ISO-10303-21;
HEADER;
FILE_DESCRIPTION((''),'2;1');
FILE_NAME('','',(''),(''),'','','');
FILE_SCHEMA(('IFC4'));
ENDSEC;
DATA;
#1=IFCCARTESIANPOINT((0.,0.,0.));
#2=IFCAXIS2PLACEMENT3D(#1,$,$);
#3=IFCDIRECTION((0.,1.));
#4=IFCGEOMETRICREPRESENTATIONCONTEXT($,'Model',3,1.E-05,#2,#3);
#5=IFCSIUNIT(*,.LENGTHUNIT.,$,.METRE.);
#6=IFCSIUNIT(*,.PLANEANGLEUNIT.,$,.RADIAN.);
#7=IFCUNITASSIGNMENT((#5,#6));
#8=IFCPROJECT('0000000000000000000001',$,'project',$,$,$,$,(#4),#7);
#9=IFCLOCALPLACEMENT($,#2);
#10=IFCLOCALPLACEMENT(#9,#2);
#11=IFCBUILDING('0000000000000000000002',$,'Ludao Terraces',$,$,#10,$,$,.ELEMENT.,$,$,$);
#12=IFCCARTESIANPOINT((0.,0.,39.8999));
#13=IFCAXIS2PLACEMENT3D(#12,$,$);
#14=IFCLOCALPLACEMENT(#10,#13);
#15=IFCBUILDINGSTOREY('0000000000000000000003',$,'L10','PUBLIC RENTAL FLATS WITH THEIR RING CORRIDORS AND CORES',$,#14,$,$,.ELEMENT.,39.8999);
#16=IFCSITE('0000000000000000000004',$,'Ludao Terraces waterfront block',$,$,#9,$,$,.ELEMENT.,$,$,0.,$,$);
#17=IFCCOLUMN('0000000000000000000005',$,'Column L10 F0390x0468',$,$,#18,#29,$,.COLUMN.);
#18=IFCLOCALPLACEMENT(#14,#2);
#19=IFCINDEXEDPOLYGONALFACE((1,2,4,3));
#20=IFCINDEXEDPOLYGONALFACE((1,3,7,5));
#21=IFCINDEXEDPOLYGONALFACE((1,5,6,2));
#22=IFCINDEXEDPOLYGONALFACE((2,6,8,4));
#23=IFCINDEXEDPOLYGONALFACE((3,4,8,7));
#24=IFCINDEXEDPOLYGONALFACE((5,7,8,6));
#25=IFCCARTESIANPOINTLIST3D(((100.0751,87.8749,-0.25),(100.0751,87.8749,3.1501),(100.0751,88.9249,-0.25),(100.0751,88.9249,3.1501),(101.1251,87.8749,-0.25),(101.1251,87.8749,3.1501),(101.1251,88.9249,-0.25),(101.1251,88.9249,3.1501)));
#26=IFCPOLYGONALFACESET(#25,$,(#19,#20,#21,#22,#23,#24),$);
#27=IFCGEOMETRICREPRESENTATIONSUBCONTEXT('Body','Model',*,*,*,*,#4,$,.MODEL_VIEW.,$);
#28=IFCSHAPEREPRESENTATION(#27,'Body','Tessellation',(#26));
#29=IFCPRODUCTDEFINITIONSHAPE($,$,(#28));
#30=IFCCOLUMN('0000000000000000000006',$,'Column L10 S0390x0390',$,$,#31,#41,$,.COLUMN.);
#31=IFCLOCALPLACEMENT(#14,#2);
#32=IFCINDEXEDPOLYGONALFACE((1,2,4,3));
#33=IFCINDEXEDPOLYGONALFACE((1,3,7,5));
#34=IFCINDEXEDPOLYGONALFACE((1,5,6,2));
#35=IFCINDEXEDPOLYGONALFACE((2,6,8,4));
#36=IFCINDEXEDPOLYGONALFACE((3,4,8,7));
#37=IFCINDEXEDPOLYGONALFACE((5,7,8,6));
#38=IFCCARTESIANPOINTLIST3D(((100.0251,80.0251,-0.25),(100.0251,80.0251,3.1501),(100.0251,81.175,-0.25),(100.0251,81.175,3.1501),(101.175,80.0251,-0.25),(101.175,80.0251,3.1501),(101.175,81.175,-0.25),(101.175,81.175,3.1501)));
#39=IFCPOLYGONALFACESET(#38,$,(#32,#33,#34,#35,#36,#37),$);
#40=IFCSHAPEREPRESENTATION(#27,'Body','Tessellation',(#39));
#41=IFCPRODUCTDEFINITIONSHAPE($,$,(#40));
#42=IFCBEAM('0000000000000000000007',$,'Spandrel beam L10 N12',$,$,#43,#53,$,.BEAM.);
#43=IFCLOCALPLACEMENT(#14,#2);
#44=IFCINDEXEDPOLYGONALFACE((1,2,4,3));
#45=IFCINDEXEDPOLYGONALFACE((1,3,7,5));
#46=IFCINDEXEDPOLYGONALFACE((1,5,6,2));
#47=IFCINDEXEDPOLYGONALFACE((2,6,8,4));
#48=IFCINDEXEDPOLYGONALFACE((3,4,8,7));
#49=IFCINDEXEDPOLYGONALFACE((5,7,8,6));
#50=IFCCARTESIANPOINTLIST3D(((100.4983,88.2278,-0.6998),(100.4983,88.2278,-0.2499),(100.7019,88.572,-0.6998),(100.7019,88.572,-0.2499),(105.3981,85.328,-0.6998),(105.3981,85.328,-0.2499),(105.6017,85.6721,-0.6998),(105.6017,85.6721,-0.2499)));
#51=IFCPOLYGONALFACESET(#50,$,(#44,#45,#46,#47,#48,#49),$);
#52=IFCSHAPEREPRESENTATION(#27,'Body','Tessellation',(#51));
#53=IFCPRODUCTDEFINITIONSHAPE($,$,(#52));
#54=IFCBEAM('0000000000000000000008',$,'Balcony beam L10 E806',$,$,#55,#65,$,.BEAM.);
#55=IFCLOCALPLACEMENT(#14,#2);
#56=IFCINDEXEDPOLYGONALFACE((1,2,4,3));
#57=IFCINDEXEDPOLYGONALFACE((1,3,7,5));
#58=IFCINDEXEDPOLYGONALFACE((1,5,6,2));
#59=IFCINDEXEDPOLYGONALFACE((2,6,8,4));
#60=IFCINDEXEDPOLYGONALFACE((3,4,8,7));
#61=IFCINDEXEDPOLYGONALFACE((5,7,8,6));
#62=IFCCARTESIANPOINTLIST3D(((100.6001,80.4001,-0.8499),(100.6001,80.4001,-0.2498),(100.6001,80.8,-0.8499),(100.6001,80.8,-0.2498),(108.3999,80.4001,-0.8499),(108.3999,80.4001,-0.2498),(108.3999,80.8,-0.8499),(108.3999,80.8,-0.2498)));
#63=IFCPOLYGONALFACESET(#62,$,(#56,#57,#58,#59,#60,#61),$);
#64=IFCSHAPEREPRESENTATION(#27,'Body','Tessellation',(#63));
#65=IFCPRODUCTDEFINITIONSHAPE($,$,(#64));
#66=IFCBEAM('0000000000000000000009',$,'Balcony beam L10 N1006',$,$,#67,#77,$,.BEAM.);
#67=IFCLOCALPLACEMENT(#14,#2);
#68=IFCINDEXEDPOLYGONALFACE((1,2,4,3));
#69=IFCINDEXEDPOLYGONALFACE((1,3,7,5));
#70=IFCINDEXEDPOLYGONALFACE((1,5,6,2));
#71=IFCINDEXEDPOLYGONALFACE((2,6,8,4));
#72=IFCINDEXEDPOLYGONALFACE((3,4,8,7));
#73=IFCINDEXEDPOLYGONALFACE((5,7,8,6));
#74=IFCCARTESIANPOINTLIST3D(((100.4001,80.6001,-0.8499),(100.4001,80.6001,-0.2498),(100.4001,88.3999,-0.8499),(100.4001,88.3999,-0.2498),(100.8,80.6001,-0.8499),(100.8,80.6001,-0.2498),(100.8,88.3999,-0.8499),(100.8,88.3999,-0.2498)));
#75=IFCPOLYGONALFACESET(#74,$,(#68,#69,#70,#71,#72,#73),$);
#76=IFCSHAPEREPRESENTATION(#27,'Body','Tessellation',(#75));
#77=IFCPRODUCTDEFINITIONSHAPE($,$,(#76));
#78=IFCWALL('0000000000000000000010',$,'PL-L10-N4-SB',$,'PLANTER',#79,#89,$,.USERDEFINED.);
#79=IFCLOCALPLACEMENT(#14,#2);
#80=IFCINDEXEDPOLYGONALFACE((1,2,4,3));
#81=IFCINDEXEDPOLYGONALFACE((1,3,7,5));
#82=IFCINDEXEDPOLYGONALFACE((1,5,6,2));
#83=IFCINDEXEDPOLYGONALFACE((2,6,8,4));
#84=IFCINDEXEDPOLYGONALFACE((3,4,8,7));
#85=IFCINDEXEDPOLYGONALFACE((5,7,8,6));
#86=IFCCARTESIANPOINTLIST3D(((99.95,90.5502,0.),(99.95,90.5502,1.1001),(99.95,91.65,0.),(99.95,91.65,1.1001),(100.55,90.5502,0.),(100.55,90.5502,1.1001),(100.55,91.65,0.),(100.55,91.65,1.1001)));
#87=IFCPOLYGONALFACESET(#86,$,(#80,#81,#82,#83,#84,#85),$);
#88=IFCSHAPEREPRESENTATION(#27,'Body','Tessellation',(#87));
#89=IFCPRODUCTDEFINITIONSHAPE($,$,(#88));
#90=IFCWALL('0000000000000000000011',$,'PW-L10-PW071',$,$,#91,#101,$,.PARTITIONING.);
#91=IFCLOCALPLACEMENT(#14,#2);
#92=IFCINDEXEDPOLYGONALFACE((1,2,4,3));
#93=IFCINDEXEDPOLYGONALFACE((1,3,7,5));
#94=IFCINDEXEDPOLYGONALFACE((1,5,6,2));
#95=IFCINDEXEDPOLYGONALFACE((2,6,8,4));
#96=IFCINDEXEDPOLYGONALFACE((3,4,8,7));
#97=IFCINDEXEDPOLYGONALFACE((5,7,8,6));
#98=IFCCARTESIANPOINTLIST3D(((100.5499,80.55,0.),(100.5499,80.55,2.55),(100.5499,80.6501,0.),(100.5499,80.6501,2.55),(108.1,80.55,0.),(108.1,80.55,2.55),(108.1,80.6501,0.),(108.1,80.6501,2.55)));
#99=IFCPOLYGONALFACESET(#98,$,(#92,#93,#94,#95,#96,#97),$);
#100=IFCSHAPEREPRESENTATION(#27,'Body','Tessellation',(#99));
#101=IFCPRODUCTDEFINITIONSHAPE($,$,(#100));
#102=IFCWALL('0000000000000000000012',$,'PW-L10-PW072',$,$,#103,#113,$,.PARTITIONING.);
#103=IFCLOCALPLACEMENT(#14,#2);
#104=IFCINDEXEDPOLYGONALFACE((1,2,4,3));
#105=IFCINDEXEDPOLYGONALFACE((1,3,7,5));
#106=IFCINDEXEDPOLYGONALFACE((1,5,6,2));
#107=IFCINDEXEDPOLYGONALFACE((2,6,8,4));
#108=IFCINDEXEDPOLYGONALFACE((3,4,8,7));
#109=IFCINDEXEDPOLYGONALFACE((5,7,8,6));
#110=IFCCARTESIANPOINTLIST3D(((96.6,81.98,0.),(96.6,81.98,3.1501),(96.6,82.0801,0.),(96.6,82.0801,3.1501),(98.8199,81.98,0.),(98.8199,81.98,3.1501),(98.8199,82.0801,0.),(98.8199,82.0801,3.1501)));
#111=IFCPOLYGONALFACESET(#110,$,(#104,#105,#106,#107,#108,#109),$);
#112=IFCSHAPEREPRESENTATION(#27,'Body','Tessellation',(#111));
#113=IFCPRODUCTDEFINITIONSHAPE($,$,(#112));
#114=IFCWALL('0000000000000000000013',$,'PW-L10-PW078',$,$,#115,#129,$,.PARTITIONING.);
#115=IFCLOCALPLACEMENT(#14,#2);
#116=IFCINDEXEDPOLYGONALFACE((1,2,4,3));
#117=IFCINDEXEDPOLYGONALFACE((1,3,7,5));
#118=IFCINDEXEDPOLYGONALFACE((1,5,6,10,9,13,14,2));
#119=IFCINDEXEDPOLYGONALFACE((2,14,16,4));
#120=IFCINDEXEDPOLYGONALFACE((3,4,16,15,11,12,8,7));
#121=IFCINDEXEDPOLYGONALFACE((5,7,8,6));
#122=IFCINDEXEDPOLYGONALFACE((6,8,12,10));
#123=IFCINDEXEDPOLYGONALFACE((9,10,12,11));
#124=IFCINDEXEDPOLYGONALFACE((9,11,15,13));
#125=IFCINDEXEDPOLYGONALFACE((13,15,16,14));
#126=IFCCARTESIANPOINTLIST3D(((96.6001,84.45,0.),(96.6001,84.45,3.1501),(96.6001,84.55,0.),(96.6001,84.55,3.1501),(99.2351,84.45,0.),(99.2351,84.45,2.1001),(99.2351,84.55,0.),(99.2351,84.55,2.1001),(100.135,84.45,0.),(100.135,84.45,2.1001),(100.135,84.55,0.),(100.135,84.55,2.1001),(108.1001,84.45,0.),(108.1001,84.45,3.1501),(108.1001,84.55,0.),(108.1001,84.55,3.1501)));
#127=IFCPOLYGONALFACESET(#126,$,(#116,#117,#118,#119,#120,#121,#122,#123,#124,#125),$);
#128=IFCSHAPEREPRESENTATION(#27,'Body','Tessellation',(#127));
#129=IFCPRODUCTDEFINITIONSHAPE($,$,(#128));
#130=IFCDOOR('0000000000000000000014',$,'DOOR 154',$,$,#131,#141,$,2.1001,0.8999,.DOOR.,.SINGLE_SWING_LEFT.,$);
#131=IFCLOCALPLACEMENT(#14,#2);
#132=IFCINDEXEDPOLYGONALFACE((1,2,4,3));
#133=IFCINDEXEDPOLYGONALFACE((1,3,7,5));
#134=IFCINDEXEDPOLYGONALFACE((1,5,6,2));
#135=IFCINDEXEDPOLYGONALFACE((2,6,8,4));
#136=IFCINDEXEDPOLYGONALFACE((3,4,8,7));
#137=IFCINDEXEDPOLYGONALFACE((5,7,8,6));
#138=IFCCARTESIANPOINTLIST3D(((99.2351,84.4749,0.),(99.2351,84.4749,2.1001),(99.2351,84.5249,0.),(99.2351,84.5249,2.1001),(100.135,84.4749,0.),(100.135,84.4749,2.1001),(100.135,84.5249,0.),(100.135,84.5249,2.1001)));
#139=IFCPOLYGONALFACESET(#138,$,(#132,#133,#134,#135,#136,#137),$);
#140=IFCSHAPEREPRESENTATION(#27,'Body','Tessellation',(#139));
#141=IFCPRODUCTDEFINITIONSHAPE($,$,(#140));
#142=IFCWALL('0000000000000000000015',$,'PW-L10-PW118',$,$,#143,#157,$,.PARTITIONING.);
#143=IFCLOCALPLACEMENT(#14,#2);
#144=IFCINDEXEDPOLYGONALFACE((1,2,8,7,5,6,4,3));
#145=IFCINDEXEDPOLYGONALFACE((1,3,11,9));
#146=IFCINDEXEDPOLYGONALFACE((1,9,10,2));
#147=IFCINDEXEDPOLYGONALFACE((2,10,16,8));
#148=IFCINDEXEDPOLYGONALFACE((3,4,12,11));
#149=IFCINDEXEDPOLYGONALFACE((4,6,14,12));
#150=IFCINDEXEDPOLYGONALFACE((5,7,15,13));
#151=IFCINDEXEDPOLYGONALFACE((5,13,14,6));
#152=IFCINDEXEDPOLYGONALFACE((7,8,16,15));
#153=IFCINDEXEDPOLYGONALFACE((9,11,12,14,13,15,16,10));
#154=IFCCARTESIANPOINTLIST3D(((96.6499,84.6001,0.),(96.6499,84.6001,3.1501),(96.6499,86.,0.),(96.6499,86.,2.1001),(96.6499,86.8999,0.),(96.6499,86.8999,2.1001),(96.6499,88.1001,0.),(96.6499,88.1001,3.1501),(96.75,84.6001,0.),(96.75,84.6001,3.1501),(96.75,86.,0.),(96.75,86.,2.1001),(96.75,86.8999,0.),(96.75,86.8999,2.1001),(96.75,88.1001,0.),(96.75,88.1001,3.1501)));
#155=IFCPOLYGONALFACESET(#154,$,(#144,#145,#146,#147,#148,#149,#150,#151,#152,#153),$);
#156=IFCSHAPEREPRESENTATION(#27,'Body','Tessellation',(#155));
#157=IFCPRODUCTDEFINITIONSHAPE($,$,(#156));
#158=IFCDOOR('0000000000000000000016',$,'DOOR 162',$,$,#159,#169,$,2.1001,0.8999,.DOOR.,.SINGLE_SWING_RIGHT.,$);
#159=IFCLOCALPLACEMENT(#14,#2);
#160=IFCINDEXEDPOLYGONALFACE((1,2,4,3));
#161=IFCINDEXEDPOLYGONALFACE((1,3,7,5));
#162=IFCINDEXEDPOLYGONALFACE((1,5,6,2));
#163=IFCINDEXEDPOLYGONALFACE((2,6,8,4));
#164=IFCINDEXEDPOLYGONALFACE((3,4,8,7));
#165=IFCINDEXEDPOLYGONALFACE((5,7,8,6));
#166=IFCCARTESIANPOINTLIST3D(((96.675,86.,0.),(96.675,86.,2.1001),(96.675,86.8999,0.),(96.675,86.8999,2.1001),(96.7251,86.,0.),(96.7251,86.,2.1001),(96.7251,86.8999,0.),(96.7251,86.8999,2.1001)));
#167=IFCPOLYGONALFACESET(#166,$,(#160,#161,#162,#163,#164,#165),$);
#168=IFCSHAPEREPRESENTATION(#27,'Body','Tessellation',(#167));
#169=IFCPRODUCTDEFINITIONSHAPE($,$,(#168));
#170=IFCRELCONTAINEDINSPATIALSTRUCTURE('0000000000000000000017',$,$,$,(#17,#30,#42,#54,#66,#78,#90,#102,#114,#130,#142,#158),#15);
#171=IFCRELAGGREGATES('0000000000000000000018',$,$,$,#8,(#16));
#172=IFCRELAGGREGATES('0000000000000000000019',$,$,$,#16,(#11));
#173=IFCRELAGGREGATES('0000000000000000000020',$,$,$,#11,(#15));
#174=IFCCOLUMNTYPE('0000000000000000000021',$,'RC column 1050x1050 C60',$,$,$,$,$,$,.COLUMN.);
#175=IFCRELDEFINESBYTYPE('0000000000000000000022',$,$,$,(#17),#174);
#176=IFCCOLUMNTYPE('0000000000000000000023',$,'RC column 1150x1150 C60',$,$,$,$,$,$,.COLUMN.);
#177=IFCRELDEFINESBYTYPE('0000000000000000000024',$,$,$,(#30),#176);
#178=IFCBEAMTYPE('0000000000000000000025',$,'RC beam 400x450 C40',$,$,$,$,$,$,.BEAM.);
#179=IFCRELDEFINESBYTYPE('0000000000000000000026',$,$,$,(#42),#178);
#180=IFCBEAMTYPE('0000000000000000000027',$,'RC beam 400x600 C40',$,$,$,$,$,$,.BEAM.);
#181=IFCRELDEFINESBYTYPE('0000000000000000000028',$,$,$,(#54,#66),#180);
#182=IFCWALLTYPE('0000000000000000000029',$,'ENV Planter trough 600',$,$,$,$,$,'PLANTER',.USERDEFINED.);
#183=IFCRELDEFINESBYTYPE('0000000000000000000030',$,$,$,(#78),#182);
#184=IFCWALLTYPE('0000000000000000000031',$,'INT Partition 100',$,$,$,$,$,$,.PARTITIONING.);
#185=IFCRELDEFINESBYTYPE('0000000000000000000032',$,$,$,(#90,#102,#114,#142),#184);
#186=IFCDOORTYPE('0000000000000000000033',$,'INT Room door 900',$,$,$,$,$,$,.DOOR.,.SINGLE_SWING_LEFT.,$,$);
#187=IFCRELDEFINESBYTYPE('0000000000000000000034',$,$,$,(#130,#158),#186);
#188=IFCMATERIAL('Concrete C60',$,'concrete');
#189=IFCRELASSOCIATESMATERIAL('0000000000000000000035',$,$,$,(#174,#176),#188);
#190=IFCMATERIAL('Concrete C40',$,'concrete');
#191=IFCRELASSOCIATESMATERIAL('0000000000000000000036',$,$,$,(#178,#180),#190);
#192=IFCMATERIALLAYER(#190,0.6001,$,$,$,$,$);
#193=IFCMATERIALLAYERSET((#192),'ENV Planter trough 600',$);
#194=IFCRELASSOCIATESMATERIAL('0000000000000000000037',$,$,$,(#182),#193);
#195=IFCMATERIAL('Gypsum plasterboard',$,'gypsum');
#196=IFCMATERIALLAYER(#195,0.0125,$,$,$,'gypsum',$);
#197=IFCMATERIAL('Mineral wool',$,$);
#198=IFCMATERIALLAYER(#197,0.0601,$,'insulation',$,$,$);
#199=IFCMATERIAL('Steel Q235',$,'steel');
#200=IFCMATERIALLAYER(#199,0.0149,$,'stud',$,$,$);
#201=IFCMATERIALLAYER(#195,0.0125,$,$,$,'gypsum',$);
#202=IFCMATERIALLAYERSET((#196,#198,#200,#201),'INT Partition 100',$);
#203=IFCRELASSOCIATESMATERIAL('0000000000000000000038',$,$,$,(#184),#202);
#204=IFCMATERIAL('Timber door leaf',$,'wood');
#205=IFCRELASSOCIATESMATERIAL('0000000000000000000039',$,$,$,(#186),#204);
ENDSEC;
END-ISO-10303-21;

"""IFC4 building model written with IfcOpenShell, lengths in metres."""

from ifc_helpers import new_model, si_unit, direction, frame, frame_2d, origin, origin_2d, place, context, subcontext, project, spatial, rectangle, extrude, material, layer, layer_set, material_profile, profile_set, type_object, element, fill, save


model = new_model("IFC4")

# Units and contexts
model_context = context("Model", 3, precision=1e-05, world=origin(), true_north=direction((0.0, 1.0)))
body_context = subcontext(model_context, "Body", "Model", "MODEL_VIEW")
ifc_project = project(units=[si_unit("LENGTHUNIT", "METRE"), si_unit("PLANEANGLEUNIT", "RADIAN")], contexts=[model_context])

# Site, building, storey
site_placement = place(None, origin())
site = spatial("IfcSite", under=ifc_project, at=site_placement, Name="Ludao Terraces waterfront block", CompositionType="ELEMENT", RefElevation=0.0)
building_placement = place(site_placement, origin())
building = spatial("IfcBuilding", under=site, at=building_placement, Name="Ludao Terraces", CompositionType="ELEMENT")
storey_placement = place(building_placement, frame((0.0, 0.0, 39.8999)))
storey = spatial("IfcBuildingStorey", under=building, at=storey_placement, Name="L10", Description="PUBLIC RENTAL FLATS WITH THEIR RING CORRIDORS AND CORES", CompositionType="ELEMENT", Elevation=39.8999)

# Columns
ifc_material_1 = material(Name="Concrete C60", Category="concrete")
ifc_material_profile_1 = material_profile(ifc_material_1, rectangle(XDim=1.05, YDim=1.05, at=origin_2d()), Name="1050 X 1050")
ifc_profile_set_1 = profile_set([ifc_material_profile_1], Name="Concrete C60")
column_type_1 = type_object("IfcColumnType", Name="RC column 1050x1050 C60", PredefinedType="COLUMN", material=ifc_profile_set_1)
column_1_placement = place(storey_placement, frame((100.6001, 88.3999, -0.25), z_axis=(0.0, 0.0, 1.0), x_axis=(1.0, 0.0, 0.0)))
element("IfcColumn", 1, at=column_1_placement, inside=storey, type_object=column_type_1, Name="Column L10 F0390x0468", PredefinedType="COLUMN", context=body_context, shape_type="SweptSolid", body=[
    extrude(rectangle(XDim=1.05, YDim=1.05, at=origin_2d()), origin(), (0.0, 0.0, 1.0), 3.4001),
])
ifc_material_profile_2 = material_profile(ifc_material_1, rectangle(XDim=1.1499, YDim=1.1499, at=origin_2d()), Name="1150 X 1150")
ifc_profile_set_2 = profile_set([ifc_material_profile_2], Name="Concrete C60")
column_type_2 = type_object("IfcColumnType", Name="RC column 1150x1150 C60", PredefinedType="COLUMN", material=ifc_profile_set_2)
column_2_placement = place(storey_placement, frame((100.6001, 80.6001, -0.25), z_axis=(0.0, 0.0, 1.0), x_axis=(1.0, 0.0, 0.0)))
element("IfcColumn", 2, at=column_2_placement, inside=storey, type_object=column_type_2, Name="Column L10 S0390x0390", PredefinedType="COLUMN", context=body_context, shape_type="SweptSolid", body=[
    extrude(rectangle(XDim=1.1499, YDim=1.1499, at=origin_2d()), origin(), (0.0, 0.0, 1.0), 3.4001),
])

# Beams
ifc_material_2 = material(Name="Concrete C40", Category="concrete")
ifc_material_profile_3 = material_profile(ifc_material_2, rectangle(XDim=0.3999, YDim=0.45, at=origin_2d()), Name="400 X 450")
ifc_profile_set_3 = profile_set([ifc_material_profile_3], Name="Concrete C40")
beam_type_1 = type_object("IfcBeamType", Name="RC beam 400x450 C40", PredefinedType="BEAM", material=ifc_profile_set_3)
beam_placement = place(storey_placement, frame((100.6001, 88.3999, -0.4749), z_axis=(0.86058, -0.509316, 0.0), x_axis=(0.509316, 0.86058, 0.0)))
element("IfcBeam", 3, at=beam_placement, inside=storey, type_object=beam_type_1, Name="Spandrel beam L10 N12", PredefinedType="BEAM", context=body_context, shape_type="SweptSolid", body=[
    extrude(rectangle(XDim=0.3999, YDim=0.45, at=origin_2d()), origin(), (0.0, 0.0, 1.0), 5.6936),
])
ifc_material_profile_4 = material_profile(ifc_material_2, rectangle(XDim=0.3999, YDim=0.6001, at=origin_2d()), Name="400 X 600")
ifc_profile_set_4 = profile_set([ifc_material_profile_4], Name="Concrete C40")
beam_type_2 = type_object("IfcBeamType", Name="RC beam 400x600 C40", PredefinedType="BEAM", material=ifc_profile_set_4)
for number, where, z_axis, x_axis, name in (
    (4, (100.6001, 80.6001, -0.5498), (1.0, 0.0, 0.0), (0.0, 1.0, 0.0), "Balcony beam L10 E806"),
    (5, (100.6001, 80.6001, -0.5498), (0.0, 1.0, 0.0), (-1.0, 0.0, 0.0), "Balcony beam L10 N1006"),
):
    element("IfcBeam", number, at=place(storey_placement, frame(where, z_axis=z_axis, x_axis=x_axis)), inside=storey, type_object=beam_type_2, Name=name, PredefinedType="BEAM", context=body_context, shape_type="SweptSolid", body=[
        extrude(rectangle(XDim=0.3999, YDim=0.6001, at=origin_2d()), origin(), (0.0, 0.0, 1.0), 7.7998),
    ])

# Walls
ifc_layer_1 = layer(ifc_material_2, 0.6001)
ifc_layer_set_1 = layer_set([ifc_layer_1], Name="ENV Planter trough 600")
wall_type_1 = type_object("IfcWallType", Name="ENV Planter trough 600", ElementType="PLANTER", PredefinedType="USERDEFINED", material=ifc_layer_set_1)
wall_1_placement = place(storey_placement, frame((100.25, 91.6499, 0.0), z_axis=(0.0, 0.0, 1.0), x_axis=(0.0, -1.0, 0.0)))
element("IfcWall", 6, at=wall_1_placement, inside=storey, type_object=wall_type_1, Name="PL-L10-N4-SB", ObjectType="PLANTER", PredefinedType="USERDEFINED", context=body_context, shape_type="SweptSolid", body=[
    extrude(rectangle(XDim=1.0999, YDim=0.6001, at=frame_2d((0.5498, 0.0))), origin(), (0.0, 0.0, 1.0), 1.1001),
])
ifc_material_3 = material(Name="Gypsum plasterboard", Category="gypsum")
ifc_layer_2 = layer(ifc_material_3, 0.0125, Category="gypsum")
ifc_material_4 = material(Name="Mineral wool")
ifc_layer_3 = layer(ifc_material_4, 0.0601, Name="insulation")
ifc_material_5 = material(Name="Steel Q235", Category="steel")
ifc_layer_4 = layer(ifc_material_5, 0.0149, Name="stud")
ifc_layer_5 = layer(ifc_material_3, 0.0125, Category="gypsum")
ifc_layer_set_2 = layer_set([ifc_layer_2, ifc_layer_3, ifc_layer_4, ifc_layer_5], Name="INT Partition 100")
wall_type_2 = type_object("IfcWallType", Name="INT Partition 100", PredefinedType="PARTITIONING", material=ifc_layer_set_2)
wall_2_placement = place(storey_placement, frame((100.55, 80.6001, 0.0), z_axis=(0.0, 0.0, 1.0), x_axis=(1.0, 0.0, 0.0)))
element("IfcWall", 7, at=wall_2_placement, inside=storey, type_object=wall_type_2, Name="PW-L10-PW071", PredefinedType="PARTITIONING", context=body_context, shape_type="SweptSolid", body=[
    extrude(rectangle(XDim=7.55, YDim=0.1001, at=frame_2d((3.7749, 0.0))), origin(), (0.0, 0.0, 1.0), 2.55),
])
wall_3_placement = place(storey_placement, frame((96.6001, 82.03, 0.0), z_axis=(0.0, 0.0, 1.0), x_axis=(1.0, 0.0, 0.0)))
element("IfcWall", 8, at=wall_3_placement, inside=storey, type_object=wall_type_2, Name="PW-L10-PW072", PredefinedType="PARTITIONING", context=body_context, shape_type="SweptSolid", body=[
    extrude(rectangle(XDim=2.22, YDim=0.1001, at=frame_2d((1.1099, 0.0))), origin(), (0.0, 0.0, 1.0), 3.1501),
])

# Walls, openings, doors
wall_4_placement = place(storey_placement, frame((96.6001, 84.5, 0.0), z_axis=(0.0, 0.0, 1.0), x_axis=(1.0, 0.0, 0.0)))
wall_4 = element("IfcWall", 9, at=wall_4_placement, inside=storey, type_object=wall_type_2, Name="PW-L10-PW078", PredefinedType="PARTITIONING", context=body_context, shape_type="SweptSolid", body=[
    extrude(rectangle(XDim=11.5, YDim=0.1001, at=frame_2d((5.75, 0.0))), origin(), (0.0, 0.0, 1.0), 3.1501),
])
opening_1_placement = place(wall_4_placement, frame((2.635, 0.0, 0.0)))
opening_1 = element("IfcOpeningElement", 10, at=opening_1_placement, cuts=wall_4, PredefinedType="OPENING", context=body_context, shape_type="SweptSolid", body=[
    extrude(rectangle(XDim=0.8999, YDim=2.1001, at=frame_2d((0.45, 1.05))), frame((0.0, 0.0601, 0.0), z_axis=(0.0, -1.0, 0.0), x_axis=(1.0, 0.0, 0.0)), (0.0, 0.0, 1.0), 0.1201),
])
ifc_material_6 = material(Name="Timber door leaf", Category="wood")
door_type_1 = type_object("IfcDoorType", Name="INT Room door 900", OperationType="SINGLE_SWING_LEFT", PredefinedType="DOOR", material=ifc_material_6)
door_1_placement = place(opening_1_placement, origin())
door_1 = element("IfcDoor", 11, at=door_1_placement, inside=storey, type_object=door_type_1, Name="DOOR 154", OperationType="SINGLE_SWING_LEFT", OverallHeight=2.1001, OverallWidth=0.8999, PredefinedType="DOOR", context=body_context, shape_type="SweptSolid", body=[
    extrude(rectangle(XDim=0.8999, YDim=2.1001, at=frame_2d((0.45, 1.05))), frame((0.0, 0.0249, 0.0), z_axis=(0.0, -1.0, 0.0), x_axis=(1.0, 0.0, 0.0)), (0.0, 0.0, 1.0), 0.05),
])
fill(opening_1, door_1)
wall_5_placement = place(storey_placement, frame((96.7, 84.6001, 0.0), z_axis=(0.0, 0.0, 1.0), x_axis=(0.0, 1.0, 0.0)))
wall_5 = element("IfcWall", 12, at=wall_5_placement, inside=storey, type_object=wall_type_2, Name="PW-L10-PW118", PredefinedType="PARTITIONING", context=body_context, shape_type="SweptSolid", body=[
    extrude(rectangle(XDim=3.5, YDim=0.1001, at=frame_2d((1.75, 0.0))), origin(), (0.0, 0.0, 1.0), 3.1501),
])
opening_2_placement = place(wall_5_placement, frame((1.3999, 0.0, 0.0)))
opening_2 = element("IfcOpeningElement", 13, at=opening_2_placement, cuts=wall_5, PredefinedType="OPENING", context=body_context, shape_type="SweptSolid", body=[
    extrude(rectangle(XDim=0.8999, YDim=2.1001, at=frame_2d((0.45, 1.05))), frame((0.0, 0.0601, 0.0), z_axis=(0.0, -1.0, 0.0), x_axis=(1.0, 0.0, 0.0)), (0.0, 0.0, 1.0), 0.1201),
])
door_2_placement = place(opening_2_placement, origin())
door_2 = element("IfcDoor", 14, at=door_2_placement, inside=storey, type_object=door_type_1, Name="DOOR 162", OperationType="SINGLE_SWING_RIGHT", OverallHeight=2.1001, OverallWidth=0.8999, PredefinedType="DOOR", context=body_context, shape_type="SweptSolid", body=[
    extrude(rectangle(XDim=0.8999, YDim=2.1001, at=frame_2d((0.45, 1.05))), frame((0.0, 0.0249, 0.0), z_axis=(0.0, -1.0, 0.0), x_axis=(1.0, 0.0, 0.0)), (0.0, 0.0, 1.0), 0.05),
])
fill(opening_2, door_2)

save(model, "model.ifc")
